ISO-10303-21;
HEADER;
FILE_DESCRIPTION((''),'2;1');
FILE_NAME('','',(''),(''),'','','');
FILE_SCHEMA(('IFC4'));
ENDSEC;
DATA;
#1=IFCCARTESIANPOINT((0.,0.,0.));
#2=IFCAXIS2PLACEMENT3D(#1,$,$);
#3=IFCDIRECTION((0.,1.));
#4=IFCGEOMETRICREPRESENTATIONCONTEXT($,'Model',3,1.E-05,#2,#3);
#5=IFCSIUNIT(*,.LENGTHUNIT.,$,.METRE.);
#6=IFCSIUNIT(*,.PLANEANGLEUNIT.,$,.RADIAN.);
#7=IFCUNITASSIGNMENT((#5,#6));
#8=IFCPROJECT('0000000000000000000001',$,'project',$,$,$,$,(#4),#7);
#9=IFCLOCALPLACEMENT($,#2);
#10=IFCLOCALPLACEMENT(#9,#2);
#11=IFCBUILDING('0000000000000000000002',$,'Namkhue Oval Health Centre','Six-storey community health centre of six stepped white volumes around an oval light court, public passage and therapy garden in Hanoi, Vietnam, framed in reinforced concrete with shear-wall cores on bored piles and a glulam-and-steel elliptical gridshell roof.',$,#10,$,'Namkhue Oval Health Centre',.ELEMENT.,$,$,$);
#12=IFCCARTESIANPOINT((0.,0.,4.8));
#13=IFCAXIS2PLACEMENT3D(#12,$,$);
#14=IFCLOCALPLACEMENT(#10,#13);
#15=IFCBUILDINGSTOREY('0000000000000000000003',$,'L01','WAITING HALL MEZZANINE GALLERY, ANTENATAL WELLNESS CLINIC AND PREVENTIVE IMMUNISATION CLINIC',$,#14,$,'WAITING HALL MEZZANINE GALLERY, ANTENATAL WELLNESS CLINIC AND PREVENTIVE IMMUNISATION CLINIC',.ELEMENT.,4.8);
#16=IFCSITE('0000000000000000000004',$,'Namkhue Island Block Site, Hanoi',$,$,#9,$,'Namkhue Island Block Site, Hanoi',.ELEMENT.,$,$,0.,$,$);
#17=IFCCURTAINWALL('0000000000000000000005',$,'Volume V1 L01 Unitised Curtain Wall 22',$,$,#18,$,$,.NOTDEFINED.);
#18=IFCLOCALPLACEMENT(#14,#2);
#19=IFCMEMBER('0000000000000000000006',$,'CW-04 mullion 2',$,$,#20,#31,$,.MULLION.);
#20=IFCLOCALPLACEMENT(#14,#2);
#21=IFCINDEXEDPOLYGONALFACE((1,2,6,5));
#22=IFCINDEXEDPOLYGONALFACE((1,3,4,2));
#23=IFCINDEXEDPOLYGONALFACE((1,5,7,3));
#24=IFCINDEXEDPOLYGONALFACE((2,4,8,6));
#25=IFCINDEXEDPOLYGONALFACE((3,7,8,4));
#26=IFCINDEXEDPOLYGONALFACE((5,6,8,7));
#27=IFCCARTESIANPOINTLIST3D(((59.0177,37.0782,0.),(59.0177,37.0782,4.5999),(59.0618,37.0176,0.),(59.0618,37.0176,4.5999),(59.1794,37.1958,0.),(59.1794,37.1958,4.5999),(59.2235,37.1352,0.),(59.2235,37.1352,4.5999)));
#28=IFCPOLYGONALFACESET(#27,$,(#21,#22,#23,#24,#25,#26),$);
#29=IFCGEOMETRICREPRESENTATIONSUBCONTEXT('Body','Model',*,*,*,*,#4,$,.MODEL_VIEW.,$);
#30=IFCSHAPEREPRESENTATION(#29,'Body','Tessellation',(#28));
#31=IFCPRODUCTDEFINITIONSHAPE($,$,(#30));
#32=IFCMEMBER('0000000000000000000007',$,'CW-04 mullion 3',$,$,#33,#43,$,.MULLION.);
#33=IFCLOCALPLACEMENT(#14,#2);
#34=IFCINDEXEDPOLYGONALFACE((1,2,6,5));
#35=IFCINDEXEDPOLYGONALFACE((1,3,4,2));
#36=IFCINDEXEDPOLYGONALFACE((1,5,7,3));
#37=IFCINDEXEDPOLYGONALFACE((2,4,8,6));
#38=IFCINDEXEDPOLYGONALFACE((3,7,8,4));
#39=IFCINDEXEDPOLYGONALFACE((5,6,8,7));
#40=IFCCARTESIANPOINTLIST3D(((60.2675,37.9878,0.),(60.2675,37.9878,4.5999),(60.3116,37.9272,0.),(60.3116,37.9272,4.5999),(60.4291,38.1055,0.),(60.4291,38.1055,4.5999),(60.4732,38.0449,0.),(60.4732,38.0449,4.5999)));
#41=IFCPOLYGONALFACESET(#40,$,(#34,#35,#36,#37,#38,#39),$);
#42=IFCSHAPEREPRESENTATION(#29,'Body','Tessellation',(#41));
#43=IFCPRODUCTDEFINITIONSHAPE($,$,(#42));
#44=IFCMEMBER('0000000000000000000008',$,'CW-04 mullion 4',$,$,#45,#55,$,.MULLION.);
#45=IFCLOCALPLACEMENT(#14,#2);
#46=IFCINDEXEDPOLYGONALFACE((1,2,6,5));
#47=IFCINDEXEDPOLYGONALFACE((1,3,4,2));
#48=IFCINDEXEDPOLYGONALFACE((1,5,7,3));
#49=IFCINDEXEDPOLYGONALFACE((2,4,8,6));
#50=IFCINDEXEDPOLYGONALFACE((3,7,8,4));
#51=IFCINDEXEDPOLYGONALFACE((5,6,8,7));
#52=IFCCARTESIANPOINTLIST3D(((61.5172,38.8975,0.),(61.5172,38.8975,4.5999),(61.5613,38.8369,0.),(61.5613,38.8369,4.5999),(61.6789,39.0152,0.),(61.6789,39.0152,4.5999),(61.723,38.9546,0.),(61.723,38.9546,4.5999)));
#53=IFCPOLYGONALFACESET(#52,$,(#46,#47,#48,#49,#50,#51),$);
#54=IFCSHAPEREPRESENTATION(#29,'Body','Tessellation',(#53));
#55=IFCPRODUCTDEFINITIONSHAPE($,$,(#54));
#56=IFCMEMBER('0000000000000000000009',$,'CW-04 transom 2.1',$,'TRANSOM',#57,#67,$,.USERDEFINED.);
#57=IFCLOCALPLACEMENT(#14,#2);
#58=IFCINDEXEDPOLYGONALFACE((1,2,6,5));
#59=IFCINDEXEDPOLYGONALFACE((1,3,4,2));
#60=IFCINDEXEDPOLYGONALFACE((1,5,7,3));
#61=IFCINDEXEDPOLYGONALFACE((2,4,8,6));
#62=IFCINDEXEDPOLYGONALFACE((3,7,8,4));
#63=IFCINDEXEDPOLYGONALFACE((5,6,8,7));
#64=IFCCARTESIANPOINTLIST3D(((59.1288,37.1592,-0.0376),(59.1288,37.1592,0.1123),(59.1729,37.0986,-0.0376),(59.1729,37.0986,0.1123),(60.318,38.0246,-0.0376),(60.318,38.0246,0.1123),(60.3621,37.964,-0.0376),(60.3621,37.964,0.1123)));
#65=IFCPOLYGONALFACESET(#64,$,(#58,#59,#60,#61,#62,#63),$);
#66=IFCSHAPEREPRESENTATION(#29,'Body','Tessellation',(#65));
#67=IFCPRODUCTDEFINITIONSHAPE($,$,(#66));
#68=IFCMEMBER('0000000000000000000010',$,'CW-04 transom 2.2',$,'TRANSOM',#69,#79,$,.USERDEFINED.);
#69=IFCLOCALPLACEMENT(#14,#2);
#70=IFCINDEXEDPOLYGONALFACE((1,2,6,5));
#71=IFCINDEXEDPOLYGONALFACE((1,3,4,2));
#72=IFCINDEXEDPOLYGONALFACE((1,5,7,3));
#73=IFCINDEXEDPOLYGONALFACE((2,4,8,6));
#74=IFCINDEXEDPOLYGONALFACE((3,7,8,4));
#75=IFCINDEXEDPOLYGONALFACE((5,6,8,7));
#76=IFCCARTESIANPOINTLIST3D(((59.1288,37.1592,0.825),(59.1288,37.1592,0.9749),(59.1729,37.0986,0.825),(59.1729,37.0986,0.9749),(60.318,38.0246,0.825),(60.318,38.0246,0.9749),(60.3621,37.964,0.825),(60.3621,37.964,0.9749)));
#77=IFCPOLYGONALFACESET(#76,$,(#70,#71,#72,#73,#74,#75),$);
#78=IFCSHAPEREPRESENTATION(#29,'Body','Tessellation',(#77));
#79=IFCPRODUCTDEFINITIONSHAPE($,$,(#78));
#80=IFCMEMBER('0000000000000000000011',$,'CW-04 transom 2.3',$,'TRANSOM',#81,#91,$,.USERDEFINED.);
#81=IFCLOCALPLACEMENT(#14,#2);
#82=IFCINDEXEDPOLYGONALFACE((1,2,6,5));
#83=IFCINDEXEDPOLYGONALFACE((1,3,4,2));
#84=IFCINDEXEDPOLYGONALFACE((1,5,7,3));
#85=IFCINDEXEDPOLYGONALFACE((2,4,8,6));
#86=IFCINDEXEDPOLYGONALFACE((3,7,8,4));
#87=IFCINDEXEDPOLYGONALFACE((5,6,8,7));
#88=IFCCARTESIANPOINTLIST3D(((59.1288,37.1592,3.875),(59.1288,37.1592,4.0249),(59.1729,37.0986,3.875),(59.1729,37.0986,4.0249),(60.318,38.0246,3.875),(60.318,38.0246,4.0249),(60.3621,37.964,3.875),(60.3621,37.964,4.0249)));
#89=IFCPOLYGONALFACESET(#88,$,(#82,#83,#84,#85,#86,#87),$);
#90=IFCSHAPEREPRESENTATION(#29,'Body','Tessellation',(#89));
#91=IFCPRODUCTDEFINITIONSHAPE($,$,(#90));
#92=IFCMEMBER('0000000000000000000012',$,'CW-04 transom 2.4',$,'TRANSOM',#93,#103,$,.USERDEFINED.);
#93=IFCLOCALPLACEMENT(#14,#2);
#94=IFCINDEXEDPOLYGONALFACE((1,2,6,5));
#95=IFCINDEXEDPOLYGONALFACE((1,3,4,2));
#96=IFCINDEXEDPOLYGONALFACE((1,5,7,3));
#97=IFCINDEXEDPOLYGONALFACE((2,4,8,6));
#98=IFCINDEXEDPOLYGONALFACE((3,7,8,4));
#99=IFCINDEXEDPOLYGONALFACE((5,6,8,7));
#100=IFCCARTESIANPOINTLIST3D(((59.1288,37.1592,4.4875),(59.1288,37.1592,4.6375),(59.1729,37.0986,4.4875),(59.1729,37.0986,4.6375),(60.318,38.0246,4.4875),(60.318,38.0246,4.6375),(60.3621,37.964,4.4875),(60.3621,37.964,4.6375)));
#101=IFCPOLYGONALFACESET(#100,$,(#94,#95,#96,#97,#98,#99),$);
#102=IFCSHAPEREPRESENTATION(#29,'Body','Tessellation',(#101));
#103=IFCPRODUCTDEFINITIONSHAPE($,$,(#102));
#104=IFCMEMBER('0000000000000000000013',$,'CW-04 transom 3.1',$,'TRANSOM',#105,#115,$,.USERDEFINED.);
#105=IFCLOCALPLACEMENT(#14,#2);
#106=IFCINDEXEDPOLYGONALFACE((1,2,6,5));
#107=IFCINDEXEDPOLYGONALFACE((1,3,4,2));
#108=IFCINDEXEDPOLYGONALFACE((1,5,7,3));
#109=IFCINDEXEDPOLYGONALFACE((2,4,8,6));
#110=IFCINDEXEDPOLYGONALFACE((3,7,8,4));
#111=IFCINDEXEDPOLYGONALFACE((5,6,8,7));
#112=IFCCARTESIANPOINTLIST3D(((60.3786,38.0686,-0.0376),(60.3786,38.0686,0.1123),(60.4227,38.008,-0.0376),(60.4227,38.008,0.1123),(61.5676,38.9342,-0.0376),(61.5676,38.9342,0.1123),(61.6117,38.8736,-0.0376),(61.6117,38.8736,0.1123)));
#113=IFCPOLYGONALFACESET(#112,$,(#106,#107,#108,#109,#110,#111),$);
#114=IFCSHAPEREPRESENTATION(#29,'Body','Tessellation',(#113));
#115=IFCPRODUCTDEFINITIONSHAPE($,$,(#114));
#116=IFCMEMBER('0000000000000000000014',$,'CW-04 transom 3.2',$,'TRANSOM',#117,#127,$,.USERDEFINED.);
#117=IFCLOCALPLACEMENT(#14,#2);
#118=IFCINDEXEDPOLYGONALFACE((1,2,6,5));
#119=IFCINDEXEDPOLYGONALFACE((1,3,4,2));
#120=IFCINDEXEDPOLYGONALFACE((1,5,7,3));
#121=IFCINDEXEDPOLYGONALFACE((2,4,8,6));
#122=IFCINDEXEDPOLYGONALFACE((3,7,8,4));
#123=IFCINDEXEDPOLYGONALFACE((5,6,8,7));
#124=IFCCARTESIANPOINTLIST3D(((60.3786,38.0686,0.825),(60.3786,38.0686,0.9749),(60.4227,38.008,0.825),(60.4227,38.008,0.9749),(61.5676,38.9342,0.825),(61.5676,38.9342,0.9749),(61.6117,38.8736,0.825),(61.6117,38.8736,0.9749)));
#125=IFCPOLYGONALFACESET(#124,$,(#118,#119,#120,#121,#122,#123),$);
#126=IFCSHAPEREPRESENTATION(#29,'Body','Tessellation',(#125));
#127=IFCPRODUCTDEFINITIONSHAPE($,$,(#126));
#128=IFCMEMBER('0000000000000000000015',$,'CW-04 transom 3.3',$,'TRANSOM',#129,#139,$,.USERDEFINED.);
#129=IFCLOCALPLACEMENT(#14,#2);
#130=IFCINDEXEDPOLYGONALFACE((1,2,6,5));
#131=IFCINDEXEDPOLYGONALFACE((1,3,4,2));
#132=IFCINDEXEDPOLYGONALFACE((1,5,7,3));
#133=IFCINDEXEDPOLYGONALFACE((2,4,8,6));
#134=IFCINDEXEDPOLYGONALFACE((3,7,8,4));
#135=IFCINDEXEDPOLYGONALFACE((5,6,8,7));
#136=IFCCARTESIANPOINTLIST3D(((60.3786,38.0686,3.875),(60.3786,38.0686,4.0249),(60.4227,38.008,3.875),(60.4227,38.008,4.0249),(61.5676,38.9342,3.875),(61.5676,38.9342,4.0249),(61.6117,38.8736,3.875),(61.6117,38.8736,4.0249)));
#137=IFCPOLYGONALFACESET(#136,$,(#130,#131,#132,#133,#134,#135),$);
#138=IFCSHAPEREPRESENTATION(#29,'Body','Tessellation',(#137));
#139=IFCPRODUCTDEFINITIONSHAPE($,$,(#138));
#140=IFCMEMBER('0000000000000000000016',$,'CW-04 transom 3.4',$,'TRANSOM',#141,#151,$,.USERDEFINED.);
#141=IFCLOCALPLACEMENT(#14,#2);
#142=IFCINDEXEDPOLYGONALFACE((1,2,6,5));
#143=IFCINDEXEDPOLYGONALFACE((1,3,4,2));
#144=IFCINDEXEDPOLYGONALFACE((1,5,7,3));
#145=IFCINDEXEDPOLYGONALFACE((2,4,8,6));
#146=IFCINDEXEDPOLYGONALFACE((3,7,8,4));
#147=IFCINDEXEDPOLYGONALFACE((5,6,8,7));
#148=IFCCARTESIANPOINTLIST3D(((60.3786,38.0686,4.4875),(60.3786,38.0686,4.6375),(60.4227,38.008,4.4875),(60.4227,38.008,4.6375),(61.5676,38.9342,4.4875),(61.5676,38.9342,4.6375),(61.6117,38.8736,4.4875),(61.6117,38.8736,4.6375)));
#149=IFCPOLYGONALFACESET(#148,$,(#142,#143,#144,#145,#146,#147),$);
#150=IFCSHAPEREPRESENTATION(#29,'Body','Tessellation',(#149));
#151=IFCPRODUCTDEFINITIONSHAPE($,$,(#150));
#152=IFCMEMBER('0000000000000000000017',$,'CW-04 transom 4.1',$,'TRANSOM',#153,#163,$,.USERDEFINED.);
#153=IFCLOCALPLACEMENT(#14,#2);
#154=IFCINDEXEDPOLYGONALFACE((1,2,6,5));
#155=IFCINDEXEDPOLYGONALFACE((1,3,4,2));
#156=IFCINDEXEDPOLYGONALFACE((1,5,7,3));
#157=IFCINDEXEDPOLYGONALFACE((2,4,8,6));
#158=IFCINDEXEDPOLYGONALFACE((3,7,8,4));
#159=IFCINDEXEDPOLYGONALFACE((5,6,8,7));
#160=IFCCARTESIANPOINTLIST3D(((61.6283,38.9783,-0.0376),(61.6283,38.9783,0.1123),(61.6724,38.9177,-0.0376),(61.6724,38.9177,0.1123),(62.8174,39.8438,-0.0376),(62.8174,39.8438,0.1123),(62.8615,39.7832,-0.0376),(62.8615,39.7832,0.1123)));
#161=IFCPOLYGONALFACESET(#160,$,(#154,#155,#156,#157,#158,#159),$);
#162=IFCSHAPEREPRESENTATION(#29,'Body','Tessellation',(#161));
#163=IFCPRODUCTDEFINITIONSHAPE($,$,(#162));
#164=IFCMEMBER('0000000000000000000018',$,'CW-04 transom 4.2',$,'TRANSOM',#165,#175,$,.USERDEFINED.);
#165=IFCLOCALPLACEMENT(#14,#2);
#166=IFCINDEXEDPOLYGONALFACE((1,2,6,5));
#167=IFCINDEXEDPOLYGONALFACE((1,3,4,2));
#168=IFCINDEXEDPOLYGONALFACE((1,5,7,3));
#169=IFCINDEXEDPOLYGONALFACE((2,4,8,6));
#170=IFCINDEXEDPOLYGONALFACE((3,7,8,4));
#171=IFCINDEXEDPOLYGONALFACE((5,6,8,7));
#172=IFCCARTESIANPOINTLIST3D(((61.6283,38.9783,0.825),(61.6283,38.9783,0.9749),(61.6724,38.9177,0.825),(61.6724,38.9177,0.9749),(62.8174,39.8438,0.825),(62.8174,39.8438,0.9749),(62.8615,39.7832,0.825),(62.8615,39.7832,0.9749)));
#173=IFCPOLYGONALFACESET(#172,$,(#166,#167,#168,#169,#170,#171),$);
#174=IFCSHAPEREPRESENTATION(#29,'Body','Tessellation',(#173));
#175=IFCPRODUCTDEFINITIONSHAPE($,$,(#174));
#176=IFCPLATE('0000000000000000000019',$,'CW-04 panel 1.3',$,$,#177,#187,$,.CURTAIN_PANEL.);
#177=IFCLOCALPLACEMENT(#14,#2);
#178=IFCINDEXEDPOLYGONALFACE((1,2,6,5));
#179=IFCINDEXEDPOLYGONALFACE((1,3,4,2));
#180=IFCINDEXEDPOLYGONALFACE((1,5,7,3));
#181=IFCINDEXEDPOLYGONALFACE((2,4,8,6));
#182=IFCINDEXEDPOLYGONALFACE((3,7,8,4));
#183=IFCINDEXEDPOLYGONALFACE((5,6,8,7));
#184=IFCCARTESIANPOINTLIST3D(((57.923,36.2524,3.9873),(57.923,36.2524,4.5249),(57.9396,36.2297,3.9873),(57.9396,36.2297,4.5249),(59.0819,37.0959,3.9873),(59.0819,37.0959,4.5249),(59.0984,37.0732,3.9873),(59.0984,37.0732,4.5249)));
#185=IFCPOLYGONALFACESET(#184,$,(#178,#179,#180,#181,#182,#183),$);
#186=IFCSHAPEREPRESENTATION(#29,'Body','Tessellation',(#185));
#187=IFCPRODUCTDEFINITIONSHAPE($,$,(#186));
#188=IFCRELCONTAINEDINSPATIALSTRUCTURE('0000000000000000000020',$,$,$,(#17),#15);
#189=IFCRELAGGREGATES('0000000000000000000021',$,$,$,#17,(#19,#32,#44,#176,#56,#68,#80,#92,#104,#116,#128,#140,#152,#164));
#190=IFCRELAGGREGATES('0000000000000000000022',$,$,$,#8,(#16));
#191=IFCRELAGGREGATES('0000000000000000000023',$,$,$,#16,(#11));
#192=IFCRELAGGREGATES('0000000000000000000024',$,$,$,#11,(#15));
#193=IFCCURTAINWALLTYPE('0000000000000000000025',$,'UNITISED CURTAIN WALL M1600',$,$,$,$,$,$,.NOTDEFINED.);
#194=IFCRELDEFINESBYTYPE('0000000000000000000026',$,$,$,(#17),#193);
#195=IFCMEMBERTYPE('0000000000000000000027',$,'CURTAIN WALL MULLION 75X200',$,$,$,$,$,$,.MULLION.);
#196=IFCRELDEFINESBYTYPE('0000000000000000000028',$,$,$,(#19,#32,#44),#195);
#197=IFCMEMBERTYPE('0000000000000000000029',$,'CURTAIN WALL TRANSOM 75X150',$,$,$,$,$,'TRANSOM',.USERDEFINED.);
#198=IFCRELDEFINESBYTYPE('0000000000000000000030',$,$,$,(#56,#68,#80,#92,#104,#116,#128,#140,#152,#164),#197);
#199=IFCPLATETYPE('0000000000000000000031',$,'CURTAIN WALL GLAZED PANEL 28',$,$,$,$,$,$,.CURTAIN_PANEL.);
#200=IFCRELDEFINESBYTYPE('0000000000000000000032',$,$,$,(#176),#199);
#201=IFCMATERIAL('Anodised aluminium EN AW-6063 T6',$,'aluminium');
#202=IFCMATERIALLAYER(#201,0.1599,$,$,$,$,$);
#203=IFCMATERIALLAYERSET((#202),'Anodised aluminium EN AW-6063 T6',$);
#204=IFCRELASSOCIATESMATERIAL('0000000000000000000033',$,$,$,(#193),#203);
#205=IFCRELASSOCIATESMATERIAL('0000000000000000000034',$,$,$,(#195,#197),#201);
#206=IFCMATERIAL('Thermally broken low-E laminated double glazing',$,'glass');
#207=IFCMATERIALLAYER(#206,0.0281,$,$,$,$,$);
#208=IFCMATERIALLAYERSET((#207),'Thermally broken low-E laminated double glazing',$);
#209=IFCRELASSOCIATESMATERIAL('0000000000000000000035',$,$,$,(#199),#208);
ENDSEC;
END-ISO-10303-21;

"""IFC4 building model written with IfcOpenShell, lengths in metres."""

from ifc_helpers import new_model, si_unit, direction, frame, origin, origin_2d, place, context, subcontext, project, spatial, rectangle, extrude, material, layer, layer_set, material_profile, profile_set, type_object, element, aggregate, save


model = new_model("IFC4")

# Units and contexts
model_context = context("Model", 3, precision=1e-05, world=origin(), true_north=direction((0.0, 1.0)))
body_context = subcontext(model_context, "Body", "Model", "MODEL_VIEW")
ifc_project = project(units=[si_unit("LENGTHUNIT", "METRE"), si_unit("PLANEANGLEUNIT", "RADIAN")], contexts=[model_context])

# Site, building, storey
site_placement = place(None, origin())
site = spatial("IfcSite", under=ifc_project, at=site_placement, Name="Namkhue Island Block Site, Hanoi", LongName="Namkhue Island Block Site, Hanoi", CompositionType="ELEMENT", RefElevation=0.0)
building_placement = place(site_placement, origin())
building = spatial("IfcBuilding", under=site, at=building_placement, Name="Namkhue Oval Health Centre", Description="Six-storey community health centre of six stepped white volumes around an oval light court, public passage and therapy garden in Hanoi, Vietnam, framed in reinforced concrete with shear-wall cores on bored piles and a glulam-and-steel elliptical gridshell roof.", LongName="Namkhue Oval Health Centre", CompositionType="ELEMENT")
storey_placement = place(building_placement, frame((0.0, 0.0, 4.8)))
storey = spatial("IfcBuildingStorey", under=building, at=storey_placement, Name="L01", Description="WAITING HALL MEZZANINE GALLERY, ANTENATAL WELLNESS CLINIC AND PREVENTIVE IMMUNISATION CLINIC", LongName="WAITING HALL MEZZANINE GALLERY, ANTENATAL WELLNESS CLINIC AND PREVENTIVE IMMUNISATION CLINIC", CompositionType="ELEMENT", Elevation=4.8)

# Curtain wall, members, plate
ifc_material_1 = material(Name="Anodised aluminium EN AW-6063 T6", Category="aluminium")
ifc_layer_1 = layer(ifc_material_1, 0.1599)
ifc_layer_set_1 = layer_set([ifc_layer_1], Name="Anodised aluminium EN AW-6063 T6")
curtain_wall_type = type_object("IfcCurtainWallType", Name="UNITISED CURTAIN WALL M1600", PredefinedType="NOTDEFINED", material=ifc_layer_set_1)
curtain_wall_placement = place(storey_placement, origin())
curtain_wall = element("IfcCurtainWall", 1, at=curtain_wall_placement, inside=storey, type_object=curtain_wall_type, Name="Volume V1 L01 Unitised Curtain Wall 22", PredefinedType="NOTDEFINED")
ifc_material_profile_1 = material_profile(ifc_material_1, rectangle(XDim=0.075, YDim=0.2, at=origin_2d()), Name="ALU 75x200")
ifc_profile_set_1 = profile_set([ifc_material_profile_1], Name="Anodised aluminium EN AW-6063 T6")
member_type_1 = type_object("IfcMemberType", Name="CURTAIN WALL MULLION 75X200", PredefinedType="MULLION", material=ifc_profile_set_1)
member_1_placement = place(storey_placement, frame((59.1206, 37.1067, 0.0), z_axis=(0.0, 0.0, 1.0), x_axis=(-0.588477, 0.808514, 0.0)))
member_1 = element("IfcMember", 2, at=member_1_placement, type_object=member_type_1, Name="CW-04 mullion 2", PredefinedType="MULLION", context=body_context, shape_type="SweptSolid", body=[
    extrude(rectangle(XDim=0.075, YDim=0.2, at=origin_2d()), origin(), (0.0, 0.0, 1.0), 4.5999),
])
member_2_placement = place(storey_placement, frame((60.3704, 38.0164, 0.0), z_axis=(0.0, 0.0, 1.0), x_axis=(-0.588477, 0.808514, 0.0)))
member_2 = element("IfcMember", 3, at=member_2_placement, type_object=member_type_1, Name="CW-04 mullion 3", PredefinedType="MULLION", context=body_context, shape_type="SweptSolid", body=[
    extrude(rectangle(XDim=0.075, YDim=0.2, at=origin_2d()), origin(), (0.0, 0.0, 1.0), 4.5999),
])
member_3_placement = place(storey_placement, frame((61.6201, 38.926, 0.0), z_axis=(0.0, 0.0, 1.0), x_axis=(-0.588477, 0.808514, 0.0)))
member_3 = element("IfcMember", 4, at=member_3_placement, type_object=member_type_1, Name="CW-04 mullion 4", PredefinedType="MULLION", context=body_context, shape_type="SweptSolid", body=[
    extrude(rectangle(XDim=0.075, YDim=0.2, at=origin_2d()), origin(), (0.0, 0.0, 1.0), 4.5999),
])
ifc_material_profile_2 = material_profile(ifc_material_1, rectangle(XDim=0.075, YDim=0.1499, at=origin_2d()), Name="ALU 75x150")
ifc_profile_set_2 = profile_set([ifc_material_profile_2], Name="Anodised aluminium EN AW-6063 T6")
member_type_2 = type_object("IfcMemberType", Name="CURTAIN WALL TRANSOM 75X150", ElementType="TRANSOM", PredefinedType="USERDEFINED", material=ifc_profile_set_2)
member_4_placement = place(storey_placement, frame((59.1509, 37.1289, 0.0374), z_axis=(0.808542, 0.588438, 0.0), x_axis=(-0.588438, 0.808542, 0.0)))
member_4 = element("IfcMember", 5, at=member_4_placement, type_object=member_type_2, Name="CW-04 transom 2.1", ObjectType="TRANSOM", PredefinedType="USERDEFINED", context=body_context, shape_type="SweptSolid", body=[
    extrude(rectangle(XDim=0.075, YDim=0.1499, at=origin_2d()), origin(), (0.0, 0.0, 1.0), 1.4707),
])
member_5_placement = place(storey_placement, frame((59.1509, 37.1289, 0.8999), z_axis=(0.808542, 0.588438, 0.0), x_axis=(-0.588438, 0.808542, 0.0)))
member_5 = element("IfcMember", 6, at=member_5_placement, type_object=member_type_2, Name="CW-04 transom 2.2", ObjectType="TRANSOM", PredefinedType="USERDEFINED", context=body_context, shape_type="SweptSolid", body=[
    extrude(rectangle(XDim=0.075, YDim=0.1499, at=origin_2d()), origin(), (0.0, 0.0, 1.0), 1.4707),
])
member_6_placement = place(storey_placement, frame((59.1509, 37.1289, 3.95), z_axis=(0.808542, 0.588438, 0.0), x_axis=(-0.588438, 0.808542, 0.0)))
member_6 = element("IfcMember", 7, at=member_6_placement, type_object=member_type_2, Name="CW-04 transom 2.3", ObjectType="TRANSOM", PredefinedType="USERDEFINED", context=body_context, shape_type="SweptSolid", body=[
    extrude(rectangle(XDim=0.075, YDim=0.1499, at=origin_2d()), origin(), (0.0, 0.0, 1.0), 1.4707),
])
member_7_placement = place(storey_placement, frame((59.1509, 37.1289, 4.5625), z_axis=(0.808542, 0.588438, 0.0), x_axis=(-0.588438, 0.808542, 0.0)))
member_7 = element("IfcMember", 8, at=member_7_placement, type_object=member_type_2, Name="CW-04 transom 2.4", ObjectType="TRANSOM", PredefinedType="USERDEFINED", context=body_context, shape_type="SweptSolid", body=[
    extrude(rectangle(XDim=0.075, YDim=0.1499, at=origin_2d()), origin(), (0.0, 0.0, 1.0), 1.4707),
])
member_8_placement = place(storey_placement, frame((60.4006, 38.0383, 0.0374), z_axis=(0.808485, 0.588517, 0.0), x_axis=(-0.588517, 0.808485, 0.0)))
member_8 = element("IfcMember", 9, at=member_8_placement, type_object=member_type_2, Name="CW-04 transom 3.1", ObjectType="TRANSOM", PredefinedType="USERDEFINED", context=body_context, shape_type="SweptSolid", body=[
    extrude(rectangle(XDim=0.075, YDim=0.1499, at=origin_2d()), origin(), (0.0, 0.0, 1.0), 1.4707),
])
member_9_placement = place(storey_placement, frame((60.4006, 38.0383, 0.8999), z_axis=(0.808485, 0.588517, 0.0), x_axis=(-0.588517, 0.808485, 0.0)))
member_9 = element("IfcMember", 10, at=member_9_placement, type_object=member_type_2, Name="CW-04 transom 3.2", ObjectType="TRANSOM", PredefinedType="USERDEFINED", context=body_context, shape_type="SweptSolid", body=[
    extrude(rectangle(XDim=0.075, YDim=0.1499, at=origin_2d()), origin(), (0.0, 0.0, 1.0), 1.4707),
])
member_10_placement = place(storey_placement, frame((60.4006, 38.0383, 3.95), z_axis=(0.808485, 0.588517, 0.0), x_axis=(-0.588517, 0.808485, 0.0)))
member_10 = element("IfcMember", 11, at=member_10_placement, type_object=member_type_2, Name="CW-04 transom 3.3", ObjectType="TRANSOM", PredefinedType="USERDEFINED", context=body_context, shape_type="SweptSolid", body=[
    extrude(rectangle(XDim=0.075, YDim=0.1499, at=origin_2d()), origin(), (0.0, 0.0, 1.0), 1.4707),
])
member_11_placement = place(storey_placement, frame((60.4006, 38.0383, 4.5625), z_axis=(0.808485, 0.588517, 0.0), x_axis=(-0.588517, 0.808485, 0.0)))
member_11 = element("IfcMember", 12, at=member_11_placement, type_object=member_type_2, Name="CW-04 transom 3.4", ObjectType="TRANSOM", PredefinedType="USERDEFINED", context=body_context, shape_type="SweptSolid", body=[
    extrude(rectangle(XDim=0.075, YDim=0.1499, at=origin_2d()), origin(), (0.0, 0.0, 1.0), 1.4707),
])
member_12_placement = place(storey_placement, frame((61.6504, 38.948, 0.0374), z_axis=(0.808485, 0.588517, 0.0), x_axis=(-0.588517, 0.808485, 0.0)))
member_12 = element("IfcMember", 13, at=member_12_placement, type_object=member_type_2, Name="CW-04 transom 4.1", ObjectType="TRANSOM", PredefinedType="USERDEFINED", context=body_context, shape_type="SweptSolid", body=[
    extrude(rectangle(XDim=0.075, YDim=0.1499, at=origin_2d()), origin(), (0.0, 0.0, 1.0), 1.4707),
])
member_13_placement = place(storey_placement, frame((61.6504, 38.948, 0.8999), z_axis=(0.808485, 0.588517, 0.0), x_axis=(-0.588517, 0.808485, 0.0)))
member_13 = element("IfcMember", 14, at=member_13_placement, type_object=member_type_2, Name="CW-04 transom 4.2", ObjectType="TRANSOM", PredefinedType="USERDEFINED", context=body_context, shape_type="SweptSolid", body=[
    extrude(rectangle(XDim=0.075, YDim=0.1499, at=origin_2d()), origin(), (0.0, 0.0, 1.0), 1.4707),
])
ifc_material_2 = material(Name="Thermally broken low-E laminated double glazing", Category="glass")
ifc_layer_2 = layer(ifc_material_2, 0.0281)
ifc_layer_set_2 = layer_set([ifc_layer_2], Name="Thermally broken low-E laminated double glazing")
plate_type = type_object("IfcPlateType", Name="CURTAIN WALL GLAZED PANEL 28", PredefinedType="CURTAIN_PANEL", material=ifc_layer_set_2)
plate_1_placement = place(storey_placement, frame((58.5107, 36.6628, 3.9873), z_axis=(0.0, 0.0, 1.0), x_axis=(0.808514, 0.588477, 0.0)))
plate_1 = element("IfcPlate", 15, at=plate_1_placement, type_object=plate_type, Name="CW-04 panel 1.3", PredefinedType="CURTAIN_PANEL", context=body_context, shape_type="SweptSolid", body=[
    extrude(rectangle(XDim=1.4333, YDim=0.0281, at=origin_2d()), origin(), (0.0, 0.0, 1.0), 0.5376),
])
aggregate(curtain_wall, [member_1, member_2, member_3, plate_1, member_4, member_5, member_6, member_7, member_8, member_9, member_10, member_11, member_12, member_13])

save(model, "model.ifc")
